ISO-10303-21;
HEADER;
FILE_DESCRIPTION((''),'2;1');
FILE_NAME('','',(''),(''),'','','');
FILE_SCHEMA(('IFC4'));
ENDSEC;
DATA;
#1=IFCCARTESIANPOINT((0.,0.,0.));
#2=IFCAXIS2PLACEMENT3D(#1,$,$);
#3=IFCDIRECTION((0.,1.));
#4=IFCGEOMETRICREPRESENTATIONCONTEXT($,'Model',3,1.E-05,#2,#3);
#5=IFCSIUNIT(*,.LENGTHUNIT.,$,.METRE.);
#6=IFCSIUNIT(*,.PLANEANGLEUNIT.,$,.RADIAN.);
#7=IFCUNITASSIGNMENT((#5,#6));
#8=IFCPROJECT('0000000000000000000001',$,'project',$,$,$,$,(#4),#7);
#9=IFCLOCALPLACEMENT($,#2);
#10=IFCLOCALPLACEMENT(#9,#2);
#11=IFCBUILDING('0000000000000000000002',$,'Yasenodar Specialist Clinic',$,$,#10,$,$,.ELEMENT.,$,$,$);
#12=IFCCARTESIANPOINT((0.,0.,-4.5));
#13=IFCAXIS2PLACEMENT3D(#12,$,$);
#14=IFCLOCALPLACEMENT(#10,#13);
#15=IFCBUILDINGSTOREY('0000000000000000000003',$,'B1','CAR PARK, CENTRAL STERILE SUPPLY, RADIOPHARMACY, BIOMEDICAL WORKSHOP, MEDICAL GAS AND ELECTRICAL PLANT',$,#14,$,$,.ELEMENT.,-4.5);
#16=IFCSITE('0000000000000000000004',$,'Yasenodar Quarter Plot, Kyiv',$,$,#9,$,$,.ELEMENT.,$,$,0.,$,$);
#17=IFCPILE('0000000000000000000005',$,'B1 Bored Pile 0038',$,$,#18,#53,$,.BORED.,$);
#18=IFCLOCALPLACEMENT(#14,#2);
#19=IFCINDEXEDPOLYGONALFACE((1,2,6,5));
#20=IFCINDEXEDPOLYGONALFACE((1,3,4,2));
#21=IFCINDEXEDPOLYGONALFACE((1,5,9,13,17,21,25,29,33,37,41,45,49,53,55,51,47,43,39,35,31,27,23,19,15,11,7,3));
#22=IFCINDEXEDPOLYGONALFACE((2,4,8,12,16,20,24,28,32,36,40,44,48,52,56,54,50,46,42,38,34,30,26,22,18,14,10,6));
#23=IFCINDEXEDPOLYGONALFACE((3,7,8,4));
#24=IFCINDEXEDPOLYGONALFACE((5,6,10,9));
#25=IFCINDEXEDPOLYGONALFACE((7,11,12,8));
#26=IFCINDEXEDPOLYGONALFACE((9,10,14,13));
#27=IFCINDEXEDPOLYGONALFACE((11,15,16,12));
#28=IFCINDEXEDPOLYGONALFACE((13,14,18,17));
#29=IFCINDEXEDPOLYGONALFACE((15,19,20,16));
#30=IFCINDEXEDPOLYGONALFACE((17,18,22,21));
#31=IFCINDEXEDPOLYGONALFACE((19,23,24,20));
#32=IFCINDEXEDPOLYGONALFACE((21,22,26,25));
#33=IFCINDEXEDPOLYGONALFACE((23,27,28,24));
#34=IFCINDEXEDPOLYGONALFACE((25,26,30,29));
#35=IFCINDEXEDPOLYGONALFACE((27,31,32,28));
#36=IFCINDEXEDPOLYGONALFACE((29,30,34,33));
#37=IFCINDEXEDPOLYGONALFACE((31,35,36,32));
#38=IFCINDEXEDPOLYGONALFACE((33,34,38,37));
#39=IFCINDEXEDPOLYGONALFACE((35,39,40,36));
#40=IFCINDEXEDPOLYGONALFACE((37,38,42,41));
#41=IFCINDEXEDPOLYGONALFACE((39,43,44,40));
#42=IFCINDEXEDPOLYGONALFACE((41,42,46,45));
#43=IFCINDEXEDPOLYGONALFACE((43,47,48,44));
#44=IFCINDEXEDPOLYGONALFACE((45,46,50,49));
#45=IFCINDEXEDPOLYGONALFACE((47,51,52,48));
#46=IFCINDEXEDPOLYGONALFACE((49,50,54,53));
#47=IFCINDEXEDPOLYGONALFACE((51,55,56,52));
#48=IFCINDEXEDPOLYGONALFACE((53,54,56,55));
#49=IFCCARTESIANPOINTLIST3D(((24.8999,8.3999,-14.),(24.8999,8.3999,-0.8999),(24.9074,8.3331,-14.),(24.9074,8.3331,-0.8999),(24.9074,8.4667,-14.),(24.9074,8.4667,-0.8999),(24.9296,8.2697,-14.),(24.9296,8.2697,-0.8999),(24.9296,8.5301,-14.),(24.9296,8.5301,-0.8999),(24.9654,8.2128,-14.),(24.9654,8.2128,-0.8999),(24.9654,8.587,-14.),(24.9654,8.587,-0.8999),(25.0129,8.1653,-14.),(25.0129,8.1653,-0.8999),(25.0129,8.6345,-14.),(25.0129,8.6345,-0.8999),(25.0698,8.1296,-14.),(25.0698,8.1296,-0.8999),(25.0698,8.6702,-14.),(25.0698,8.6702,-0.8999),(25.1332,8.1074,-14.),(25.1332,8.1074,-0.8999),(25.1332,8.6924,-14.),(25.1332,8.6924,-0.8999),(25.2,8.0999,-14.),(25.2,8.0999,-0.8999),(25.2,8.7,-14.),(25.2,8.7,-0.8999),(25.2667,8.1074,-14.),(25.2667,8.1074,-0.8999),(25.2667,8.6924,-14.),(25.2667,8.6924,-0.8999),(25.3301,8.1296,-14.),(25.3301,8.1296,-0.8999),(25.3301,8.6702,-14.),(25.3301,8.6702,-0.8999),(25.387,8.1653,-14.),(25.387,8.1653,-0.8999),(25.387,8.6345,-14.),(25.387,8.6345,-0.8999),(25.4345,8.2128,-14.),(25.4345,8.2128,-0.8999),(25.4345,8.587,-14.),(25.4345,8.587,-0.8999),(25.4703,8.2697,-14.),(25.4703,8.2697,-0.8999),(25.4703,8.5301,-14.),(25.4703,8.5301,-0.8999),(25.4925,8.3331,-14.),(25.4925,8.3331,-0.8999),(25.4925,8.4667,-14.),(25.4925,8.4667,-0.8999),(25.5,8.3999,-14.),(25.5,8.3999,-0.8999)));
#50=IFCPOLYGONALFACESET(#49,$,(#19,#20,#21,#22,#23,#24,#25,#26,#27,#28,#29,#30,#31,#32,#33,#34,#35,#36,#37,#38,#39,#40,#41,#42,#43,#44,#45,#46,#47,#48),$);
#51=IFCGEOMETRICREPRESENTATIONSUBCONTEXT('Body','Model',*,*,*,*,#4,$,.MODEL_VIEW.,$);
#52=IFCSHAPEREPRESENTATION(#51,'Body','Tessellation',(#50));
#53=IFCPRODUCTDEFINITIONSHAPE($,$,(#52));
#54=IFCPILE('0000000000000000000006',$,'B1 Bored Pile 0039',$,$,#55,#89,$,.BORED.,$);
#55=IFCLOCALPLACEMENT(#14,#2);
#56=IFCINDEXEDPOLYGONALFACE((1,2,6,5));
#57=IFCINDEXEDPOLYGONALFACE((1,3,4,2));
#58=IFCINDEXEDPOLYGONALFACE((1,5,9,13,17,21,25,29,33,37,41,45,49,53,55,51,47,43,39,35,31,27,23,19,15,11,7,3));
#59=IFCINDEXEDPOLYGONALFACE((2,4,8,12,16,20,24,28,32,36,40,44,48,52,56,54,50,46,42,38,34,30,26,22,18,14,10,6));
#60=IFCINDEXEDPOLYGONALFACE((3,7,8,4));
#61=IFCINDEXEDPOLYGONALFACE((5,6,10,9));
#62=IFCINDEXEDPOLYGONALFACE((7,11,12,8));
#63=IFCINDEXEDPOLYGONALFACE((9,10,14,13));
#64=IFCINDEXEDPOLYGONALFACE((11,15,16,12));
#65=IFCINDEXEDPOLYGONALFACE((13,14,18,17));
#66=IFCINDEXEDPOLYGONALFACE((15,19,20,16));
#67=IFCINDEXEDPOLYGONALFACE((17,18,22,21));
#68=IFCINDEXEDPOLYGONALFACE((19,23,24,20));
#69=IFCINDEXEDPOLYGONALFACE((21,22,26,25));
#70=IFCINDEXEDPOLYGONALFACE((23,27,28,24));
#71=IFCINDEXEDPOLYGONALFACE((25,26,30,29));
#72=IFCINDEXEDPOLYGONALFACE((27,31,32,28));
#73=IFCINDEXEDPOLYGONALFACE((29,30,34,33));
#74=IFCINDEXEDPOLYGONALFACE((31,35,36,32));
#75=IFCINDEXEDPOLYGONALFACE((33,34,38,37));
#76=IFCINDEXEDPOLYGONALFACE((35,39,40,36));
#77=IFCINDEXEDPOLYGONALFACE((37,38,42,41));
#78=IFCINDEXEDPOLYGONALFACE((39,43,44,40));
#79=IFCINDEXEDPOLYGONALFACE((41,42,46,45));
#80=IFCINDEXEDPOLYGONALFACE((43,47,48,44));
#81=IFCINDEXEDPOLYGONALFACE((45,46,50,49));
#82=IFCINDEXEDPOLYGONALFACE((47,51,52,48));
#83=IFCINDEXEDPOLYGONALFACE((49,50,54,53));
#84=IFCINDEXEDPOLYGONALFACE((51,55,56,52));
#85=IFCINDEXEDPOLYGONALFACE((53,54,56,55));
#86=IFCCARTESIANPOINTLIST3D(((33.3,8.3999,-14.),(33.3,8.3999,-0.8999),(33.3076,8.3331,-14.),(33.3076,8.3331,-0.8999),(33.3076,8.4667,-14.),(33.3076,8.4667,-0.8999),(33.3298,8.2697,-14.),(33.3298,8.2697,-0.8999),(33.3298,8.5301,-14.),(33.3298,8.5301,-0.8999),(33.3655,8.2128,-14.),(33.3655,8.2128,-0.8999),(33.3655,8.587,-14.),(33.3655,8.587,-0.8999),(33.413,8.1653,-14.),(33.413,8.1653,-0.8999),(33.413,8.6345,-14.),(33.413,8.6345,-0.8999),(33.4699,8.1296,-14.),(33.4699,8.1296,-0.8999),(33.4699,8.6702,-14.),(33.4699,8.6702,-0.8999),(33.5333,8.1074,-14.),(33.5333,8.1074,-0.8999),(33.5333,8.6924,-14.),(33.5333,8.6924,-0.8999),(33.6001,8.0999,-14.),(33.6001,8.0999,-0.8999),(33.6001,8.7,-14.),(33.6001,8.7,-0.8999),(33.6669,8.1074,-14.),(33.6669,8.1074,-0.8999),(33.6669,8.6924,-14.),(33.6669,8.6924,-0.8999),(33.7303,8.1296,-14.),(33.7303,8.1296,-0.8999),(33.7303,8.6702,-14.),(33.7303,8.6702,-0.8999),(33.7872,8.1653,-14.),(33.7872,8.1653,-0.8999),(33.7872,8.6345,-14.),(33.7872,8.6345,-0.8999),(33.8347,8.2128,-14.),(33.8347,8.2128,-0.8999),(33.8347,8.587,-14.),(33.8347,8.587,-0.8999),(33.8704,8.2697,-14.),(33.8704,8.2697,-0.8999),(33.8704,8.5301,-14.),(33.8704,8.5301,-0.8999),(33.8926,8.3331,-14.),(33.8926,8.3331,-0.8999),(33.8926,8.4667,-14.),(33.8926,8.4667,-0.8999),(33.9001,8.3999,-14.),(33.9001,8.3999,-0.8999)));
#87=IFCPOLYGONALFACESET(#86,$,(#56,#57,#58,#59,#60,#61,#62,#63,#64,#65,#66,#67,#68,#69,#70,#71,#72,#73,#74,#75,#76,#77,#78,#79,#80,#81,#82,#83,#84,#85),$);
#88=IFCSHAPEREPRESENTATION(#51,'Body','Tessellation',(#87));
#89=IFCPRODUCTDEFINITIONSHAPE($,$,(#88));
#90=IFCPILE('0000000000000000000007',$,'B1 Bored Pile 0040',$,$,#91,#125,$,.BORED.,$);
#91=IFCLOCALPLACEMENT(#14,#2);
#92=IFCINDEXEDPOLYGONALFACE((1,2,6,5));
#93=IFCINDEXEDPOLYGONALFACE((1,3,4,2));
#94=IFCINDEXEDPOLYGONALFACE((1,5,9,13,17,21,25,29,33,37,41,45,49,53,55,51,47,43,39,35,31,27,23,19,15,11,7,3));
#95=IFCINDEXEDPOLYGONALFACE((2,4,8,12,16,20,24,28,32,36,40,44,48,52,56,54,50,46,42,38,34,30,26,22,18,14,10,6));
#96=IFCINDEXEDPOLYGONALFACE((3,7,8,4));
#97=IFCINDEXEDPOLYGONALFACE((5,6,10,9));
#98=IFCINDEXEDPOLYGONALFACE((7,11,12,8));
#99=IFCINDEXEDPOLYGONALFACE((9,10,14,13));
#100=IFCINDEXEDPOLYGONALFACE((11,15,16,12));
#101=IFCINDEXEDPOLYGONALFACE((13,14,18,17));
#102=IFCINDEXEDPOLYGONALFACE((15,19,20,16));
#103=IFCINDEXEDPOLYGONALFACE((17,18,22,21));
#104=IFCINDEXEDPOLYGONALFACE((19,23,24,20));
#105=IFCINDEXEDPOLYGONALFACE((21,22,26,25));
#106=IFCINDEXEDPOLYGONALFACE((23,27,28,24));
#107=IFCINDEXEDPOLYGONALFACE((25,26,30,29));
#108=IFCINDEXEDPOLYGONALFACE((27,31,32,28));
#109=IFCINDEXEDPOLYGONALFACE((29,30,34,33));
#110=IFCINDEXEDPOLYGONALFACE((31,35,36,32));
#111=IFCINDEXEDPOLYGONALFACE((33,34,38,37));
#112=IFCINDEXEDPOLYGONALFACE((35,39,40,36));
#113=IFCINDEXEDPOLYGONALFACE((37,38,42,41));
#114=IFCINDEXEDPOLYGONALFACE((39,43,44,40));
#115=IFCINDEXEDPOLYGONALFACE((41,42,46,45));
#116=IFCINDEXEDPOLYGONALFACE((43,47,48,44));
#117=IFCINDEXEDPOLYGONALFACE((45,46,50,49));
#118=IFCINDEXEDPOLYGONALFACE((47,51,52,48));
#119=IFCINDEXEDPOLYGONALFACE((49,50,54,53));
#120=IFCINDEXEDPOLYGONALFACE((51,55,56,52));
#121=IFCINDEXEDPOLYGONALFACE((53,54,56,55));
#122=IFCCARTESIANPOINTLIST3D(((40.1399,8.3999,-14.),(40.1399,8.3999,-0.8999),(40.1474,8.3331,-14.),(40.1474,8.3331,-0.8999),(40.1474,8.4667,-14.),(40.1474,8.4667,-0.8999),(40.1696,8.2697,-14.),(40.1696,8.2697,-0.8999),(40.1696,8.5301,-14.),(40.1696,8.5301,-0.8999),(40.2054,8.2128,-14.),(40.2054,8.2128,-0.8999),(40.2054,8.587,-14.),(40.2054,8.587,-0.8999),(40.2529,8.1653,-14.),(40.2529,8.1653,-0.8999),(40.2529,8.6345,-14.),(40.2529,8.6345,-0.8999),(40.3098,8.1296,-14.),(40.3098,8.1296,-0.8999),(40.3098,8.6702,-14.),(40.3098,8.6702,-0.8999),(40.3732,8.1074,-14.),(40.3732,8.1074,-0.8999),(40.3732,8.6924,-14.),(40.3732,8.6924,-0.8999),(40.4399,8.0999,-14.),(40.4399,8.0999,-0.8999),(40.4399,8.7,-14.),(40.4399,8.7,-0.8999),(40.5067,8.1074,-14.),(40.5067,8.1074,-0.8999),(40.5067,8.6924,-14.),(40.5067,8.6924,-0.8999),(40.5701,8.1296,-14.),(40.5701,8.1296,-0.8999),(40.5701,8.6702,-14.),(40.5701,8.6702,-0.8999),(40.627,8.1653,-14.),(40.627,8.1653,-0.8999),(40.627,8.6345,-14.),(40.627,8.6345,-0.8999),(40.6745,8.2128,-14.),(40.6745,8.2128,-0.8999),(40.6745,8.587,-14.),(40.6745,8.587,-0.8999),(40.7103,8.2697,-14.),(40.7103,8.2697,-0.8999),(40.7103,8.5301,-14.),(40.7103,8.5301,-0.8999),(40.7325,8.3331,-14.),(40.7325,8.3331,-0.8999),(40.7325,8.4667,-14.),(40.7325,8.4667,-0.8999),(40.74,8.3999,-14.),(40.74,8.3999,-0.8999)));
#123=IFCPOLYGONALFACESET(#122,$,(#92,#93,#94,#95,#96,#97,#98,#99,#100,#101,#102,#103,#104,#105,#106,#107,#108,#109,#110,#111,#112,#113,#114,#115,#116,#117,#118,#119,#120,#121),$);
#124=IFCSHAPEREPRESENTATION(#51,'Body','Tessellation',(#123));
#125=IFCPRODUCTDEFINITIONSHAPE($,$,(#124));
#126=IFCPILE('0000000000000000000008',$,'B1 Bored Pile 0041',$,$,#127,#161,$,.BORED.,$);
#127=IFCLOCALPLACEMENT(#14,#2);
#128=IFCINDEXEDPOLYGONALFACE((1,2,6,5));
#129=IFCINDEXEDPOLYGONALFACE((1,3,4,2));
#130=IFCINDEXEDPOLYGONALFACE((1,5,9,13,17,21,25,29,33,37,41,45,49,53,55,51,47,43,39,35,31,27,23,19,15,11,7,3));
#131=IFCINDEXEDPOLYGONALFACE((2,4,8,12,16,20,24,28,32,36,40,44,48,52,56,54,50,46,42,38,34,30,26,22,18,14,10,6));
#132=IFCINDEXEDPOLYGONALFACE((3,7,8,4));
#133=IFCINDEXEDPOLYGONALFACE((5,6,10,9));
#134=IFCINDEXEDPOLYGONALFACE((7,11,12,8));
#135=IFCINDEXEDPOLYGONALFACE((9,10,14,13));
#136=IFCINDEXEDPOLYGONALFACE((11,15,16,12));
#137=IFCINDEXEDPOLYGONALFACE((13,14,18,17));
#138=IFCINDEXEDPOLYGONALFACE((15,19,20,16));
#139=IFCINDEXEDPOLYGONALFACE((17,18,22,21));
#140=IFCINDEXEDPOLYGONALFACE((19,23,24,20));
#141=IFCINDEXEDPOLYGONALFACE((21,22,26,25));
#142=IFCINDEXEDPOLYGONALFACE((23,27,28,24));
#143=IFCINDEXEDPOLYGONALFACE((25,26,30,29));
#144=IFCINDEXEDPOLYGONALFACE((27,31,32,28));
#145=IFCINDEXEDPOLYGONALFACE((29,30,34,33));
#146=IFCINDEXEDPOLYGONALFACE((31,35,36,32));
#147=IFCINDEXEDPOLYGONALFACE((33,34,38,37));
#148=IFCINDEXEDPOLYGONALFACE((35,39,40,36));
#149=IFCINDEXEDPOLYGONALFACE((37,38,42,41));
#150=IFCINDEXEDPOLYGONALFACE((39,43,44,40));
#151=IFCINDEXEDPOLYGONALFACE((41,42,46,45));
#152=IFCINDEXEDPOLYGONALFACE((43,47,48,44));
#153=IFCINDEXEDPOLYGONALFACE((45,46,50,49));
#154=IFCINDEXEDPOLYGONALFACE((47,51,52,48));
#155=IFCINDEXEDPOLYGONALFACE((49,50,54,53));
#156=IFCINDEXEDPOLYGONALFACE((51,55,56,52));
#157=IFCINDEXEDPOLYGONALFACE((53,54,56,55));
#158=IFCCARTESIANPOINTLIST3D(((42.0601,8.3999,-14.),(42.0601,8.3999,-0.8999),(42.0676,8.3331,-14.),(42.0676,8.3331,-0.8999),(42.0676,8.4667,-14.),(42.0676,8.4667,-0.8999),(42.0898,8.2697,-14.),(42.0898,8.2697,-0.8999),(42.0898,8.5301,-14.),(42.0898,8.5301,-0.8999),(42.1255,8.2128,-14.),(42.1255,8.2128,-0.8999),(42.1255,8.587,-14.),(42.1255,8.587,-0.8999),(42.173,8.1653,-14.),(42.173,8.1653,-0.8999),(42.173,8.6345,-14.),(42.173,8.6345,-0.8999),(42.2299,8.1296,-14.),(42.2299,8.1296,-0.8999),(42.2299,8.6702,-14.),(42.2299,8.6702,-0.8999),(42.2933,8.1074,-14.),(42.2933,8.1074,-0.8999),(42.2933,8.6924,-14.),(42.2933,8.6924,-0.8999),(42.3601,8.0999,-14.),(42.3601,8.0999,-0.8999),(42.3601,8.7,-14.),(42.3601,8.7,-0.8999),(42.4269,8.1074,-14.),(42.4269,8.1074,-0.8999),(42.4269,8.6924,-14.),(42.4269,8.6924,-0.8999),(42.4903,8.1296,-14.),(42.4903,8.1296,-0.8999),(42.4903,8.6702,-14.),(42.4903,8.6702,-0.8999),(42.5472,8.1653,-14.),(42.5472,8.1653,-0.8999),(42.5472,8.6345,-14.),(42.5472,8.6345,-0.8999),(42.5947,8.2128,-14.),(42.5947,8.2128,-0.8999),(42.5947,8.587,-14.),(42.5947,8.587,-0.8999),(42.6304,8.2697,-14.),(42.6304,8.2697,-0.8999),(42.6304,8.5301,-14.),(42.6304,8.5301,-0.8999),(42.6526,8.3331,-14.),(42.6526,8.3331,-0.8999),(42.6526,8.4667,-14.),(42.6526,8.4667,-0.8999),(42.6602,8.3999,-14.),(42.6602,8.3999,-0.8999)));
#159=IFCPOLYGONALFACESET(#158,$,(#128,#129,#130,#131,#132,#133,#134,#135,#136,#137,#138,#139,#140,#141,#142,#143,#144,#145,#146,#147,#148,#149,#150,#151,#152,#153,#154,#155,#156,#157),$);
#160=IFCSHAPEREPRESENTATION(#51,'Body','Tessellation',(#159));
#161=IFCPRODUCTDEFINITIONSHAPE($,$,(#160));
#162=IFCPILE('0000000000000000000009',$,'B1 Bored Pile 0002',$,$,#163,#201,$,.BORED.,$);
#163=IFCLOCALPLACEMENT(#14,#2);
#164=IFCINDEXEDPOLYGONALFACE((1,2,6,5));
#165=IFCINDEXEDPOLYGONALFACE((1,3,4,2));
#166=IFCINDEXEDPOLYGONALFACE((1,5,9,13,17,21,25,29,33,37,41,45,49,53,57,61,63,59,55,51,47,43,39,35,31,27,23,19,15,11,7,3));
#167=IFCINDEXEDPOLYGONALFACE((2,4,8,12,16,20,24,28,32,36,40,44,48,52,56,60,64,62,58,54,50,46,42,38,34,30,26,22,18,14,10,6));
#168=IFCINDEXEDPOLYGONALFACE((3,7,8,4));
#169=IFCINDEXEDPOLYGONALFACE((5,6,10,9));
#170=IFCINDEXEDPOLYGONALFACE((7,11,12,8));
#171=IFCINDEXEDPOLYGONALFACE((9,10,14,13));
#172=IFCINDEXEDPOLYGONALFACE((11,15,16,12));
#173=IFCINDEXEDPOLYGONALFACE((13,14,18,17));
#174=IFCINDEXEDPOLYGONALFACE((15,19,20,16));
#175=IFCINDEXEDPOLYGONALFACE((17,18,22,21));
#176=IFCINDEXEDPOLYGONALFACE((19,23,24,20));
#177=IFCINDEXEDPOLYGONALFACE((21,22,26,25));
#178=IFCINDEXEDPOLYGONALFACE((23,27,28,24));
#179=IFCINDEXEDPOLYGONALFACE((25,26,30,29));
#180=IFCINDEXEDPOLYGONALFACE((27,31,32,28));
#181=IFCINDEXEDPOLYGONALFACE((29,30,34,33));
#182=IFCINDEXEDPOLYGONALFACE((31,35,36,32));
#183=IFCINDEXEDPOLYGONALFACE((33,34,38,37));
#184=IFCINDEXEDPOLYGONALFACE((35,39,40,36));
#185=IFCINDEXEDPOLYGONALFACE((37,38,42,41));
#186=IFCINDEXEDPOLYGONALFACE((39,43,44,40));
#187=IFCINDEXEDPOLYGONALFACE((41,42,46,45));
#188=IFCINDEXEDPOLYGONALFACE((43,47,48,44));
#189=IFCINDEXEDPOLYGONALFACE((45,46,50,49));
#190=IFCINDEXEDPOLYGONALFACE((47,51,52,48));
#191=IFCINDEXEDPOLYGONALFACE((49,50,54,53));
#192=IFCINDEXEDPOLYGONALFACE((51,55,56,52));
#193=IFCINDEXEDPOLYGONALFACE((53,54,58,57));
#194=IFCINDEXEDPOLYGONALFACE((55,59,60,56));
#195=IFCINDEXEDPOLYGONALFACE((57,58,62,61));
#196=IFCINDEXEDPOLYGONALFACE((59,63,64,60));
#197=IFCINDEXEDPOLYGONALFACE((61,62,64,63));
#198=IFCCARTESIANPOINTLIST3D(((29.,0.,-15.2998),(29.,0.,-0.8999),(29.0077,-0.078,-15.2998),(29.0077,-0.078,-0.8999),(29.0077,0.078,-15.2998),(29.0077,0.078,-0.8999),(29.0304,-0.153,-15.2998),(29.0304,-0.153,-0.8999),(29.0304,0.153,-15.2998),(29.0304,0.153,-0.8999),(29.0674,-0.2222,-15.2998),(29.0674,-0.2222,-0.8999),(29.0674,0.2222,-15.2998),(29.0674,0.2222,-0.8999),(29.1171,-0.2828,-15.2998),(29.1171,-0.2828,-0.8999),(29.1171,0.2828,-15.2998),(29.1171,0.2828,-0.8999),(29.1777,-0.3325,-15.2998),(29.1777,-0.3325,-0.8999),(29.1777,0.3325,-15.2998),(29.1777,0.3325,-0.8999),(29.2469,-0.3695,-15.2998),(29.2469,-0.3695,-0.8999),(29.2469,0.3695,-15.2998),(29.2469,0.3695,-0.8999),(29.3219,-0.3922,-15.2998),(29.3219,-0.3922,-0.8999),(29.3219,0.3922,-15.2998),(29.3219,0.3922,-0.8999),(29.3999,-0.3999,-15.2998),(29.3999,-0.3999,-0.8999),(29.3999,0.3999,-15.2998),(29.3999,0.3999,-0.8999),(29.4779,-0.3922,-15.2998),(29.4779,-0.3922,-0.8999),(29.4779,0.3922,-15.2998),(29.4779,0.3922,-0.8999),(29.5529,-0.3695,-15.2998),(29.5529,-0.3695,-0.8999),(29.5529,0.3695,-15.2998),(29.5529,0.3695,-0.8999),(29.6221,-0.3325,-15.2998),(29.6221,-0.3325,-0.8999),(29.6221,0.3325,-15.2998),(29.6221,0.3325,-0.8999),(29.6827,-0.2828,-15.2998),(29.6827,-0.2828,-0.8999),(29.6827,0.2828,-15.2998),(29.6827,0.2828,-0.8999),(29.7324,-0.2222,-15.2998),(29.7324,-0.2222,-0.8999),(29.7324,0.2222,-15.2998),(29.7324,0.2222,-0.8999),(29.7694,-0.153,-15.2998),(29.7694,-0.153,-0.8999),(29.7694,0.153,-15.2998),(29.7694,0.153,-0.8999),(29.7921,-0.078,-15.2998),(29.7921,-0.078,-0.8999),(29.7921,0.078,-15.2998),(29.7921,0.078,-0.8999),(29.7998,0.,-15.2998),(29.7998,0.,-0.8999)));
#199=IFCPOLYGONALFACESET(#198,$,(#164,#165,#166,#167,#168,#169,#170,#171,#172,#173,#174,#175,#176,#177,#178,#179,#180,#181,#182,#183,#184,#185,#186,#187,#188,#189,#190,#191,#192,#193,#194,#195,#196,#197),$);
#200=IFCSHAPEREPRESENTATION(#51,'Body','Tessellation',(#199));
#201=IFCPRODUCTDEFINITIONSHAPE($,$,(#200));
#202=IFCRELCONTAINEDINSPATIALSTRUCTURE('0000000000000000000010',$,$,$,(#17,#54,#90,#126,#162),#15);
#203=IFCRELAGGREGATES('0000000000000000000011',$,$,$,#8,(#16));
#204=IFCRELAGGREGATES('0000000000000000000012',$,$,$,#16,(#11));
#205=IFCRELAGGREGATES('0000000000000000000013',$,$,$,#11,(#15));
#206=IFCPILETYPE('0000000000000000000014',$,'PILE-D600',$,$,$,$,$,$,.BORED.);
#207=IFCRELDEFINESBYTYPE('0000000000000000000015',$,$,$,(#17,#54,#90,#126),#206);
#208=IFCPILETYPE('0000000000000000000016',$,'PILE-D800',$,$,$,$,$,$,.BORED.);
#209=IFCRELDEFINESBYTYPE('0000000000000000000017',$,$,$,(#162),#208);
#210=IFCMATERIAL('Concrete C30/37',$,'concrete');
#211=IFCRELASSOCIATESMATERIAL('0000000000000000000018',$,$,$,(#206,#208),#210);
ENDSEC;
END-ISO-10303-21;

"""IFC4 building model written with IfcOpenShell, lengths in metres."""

from ifc_helpers import new_model, si_unit, direction, frame, origin, origin_2d, place, context, subcontext, project, spatial, circle, extrude, material, material_profile, profile_set, type_object, element, save


model = new_model("IFC4")

# Units and contexts
model_context = context("Model", 3, precision=1e-05, world=origin(), true_north=direction((0.0, 1.0)))
body_context = subcontext(model_context, "Body", "Model", "MODEL_VIEW")
ifc_project = project(units=[si_unit("LENGTHUNIT", "METRE"), si_unit("PLANEANGLEUNIT", "RADIAN")], contexts=[model_context])

# Site, building, storey
site_placement = place(None, origin())
site = spatial("IfcSite", under=ifc_project, at=site_placement, Name="Yasenodar Quarter Plot, Kyiv", CompositionType="ELEMENT", RefElevation=0.0)
building_placement = place(site_placement, origin())
building = spatial("IfcBuilding", under=site, at=building_placement, Name="Yasenodar Specialist Clinic", CompositionType="ELEMENT")
storey_placement = place(building_placement, frame((0.0, 0.0, -4.5)))
storey = spatial("IfcBuildingStorey", under=building, at=storey_placement, Name="B1", Description="CAR PARK, CENTRAL STERILE SUPPLY, RADIOPHARMACY, BIOMEDICAL WORKSHOP, MEDICAL GAS AND ELECTRICAL PLANT", CompositionType="ELEMENT", Elevation=-4.5)

# Piles
ifc_material_1 = material(Name="Concrete C30/37", Category="concrete")
ifc_material_profile_1 = material_profile(ifc_material_1, circle(Radius=0.3, at=origin_2d()), Name="PILE D600")
ifc_profile_set_1 = profile_set([ifc_material_profile_1], Name="Concrete C30/37")
pile_type_1 = type_object("IfcPileType", Name="PILE-D600", PredefinedType="BORED", material=ifc_profile_set_1)
for number, where, z_axis, x_axis, name in (
    (1, (25.2, 8.3999, -0.8999), (0.0, 0.0, -1.0), (1.0, 0.0, 0.0), "B1 Bored Pile 0038"),
    (2, (33.6001, 8.3999, -0.8999), (0.0, 0.0, -1.0), (1.0, 0.0, 0.0), "B1 Bored Pile 0039"),
    (3, (40.4399, 8.3999, -0.8999), (0.0, 0.0, -1.0), (1.0, 0.0, 0.0), "B1 Bored Pile 0040"),
    (4, (42.3601, 8.3999, -0.8999), (0.0, 0.0, -1.0), (1.0, 0.0, 0.0), "B1 Bored Pile 0041"),
):
    element("IfcPile", number, at=place(storey_placement, frame(where, z_axis=z_axis, x_axis=x_axis)), inside=storey, type_object=pile_type_1, Name=name, PredefinedType="BORED", context=body_context, shape_type="SweptSolid", body=[
        extrude(circle(Radius=0.3, at=origin_2d()), origin(), (0.0, 0.0, 1.0), 13.1001),
    ])
ifc_material_profile_2 = material_profile(ifc_material_1, circle(Radius=0.3999, at=origin_2d()), Name="PILE D800")
ifc_profile_set_2 = profile_set([ifc_material_profile_2], Name="Concrete C30/37")
pile_type_2 = type_object("IfcPileType", Name="PILE-D800", PredefinedType="BORED", material=ifc_profile_set_2)
pile_placement = place(storey_placement, frame((29.3999, 0.0, -0.8999), z_axis=(0.0, 0.0, -1.0), x_axis=(1.0, 0.0, 0.0)))
element("IfcPile", 5, at=pile_placement, inside=storey, type_object=pile_type_2, Name="B1 Bored Pile 0002", PredefinedType="BORED", context=body_context, shape_type="SweptSolid", body=[
    extrude(circle(Radius=0.3999, at=origin_2d()), origin(), (0.0, 0.0, 1.0), 14.3999),
])

save(model, "model.ifc")
